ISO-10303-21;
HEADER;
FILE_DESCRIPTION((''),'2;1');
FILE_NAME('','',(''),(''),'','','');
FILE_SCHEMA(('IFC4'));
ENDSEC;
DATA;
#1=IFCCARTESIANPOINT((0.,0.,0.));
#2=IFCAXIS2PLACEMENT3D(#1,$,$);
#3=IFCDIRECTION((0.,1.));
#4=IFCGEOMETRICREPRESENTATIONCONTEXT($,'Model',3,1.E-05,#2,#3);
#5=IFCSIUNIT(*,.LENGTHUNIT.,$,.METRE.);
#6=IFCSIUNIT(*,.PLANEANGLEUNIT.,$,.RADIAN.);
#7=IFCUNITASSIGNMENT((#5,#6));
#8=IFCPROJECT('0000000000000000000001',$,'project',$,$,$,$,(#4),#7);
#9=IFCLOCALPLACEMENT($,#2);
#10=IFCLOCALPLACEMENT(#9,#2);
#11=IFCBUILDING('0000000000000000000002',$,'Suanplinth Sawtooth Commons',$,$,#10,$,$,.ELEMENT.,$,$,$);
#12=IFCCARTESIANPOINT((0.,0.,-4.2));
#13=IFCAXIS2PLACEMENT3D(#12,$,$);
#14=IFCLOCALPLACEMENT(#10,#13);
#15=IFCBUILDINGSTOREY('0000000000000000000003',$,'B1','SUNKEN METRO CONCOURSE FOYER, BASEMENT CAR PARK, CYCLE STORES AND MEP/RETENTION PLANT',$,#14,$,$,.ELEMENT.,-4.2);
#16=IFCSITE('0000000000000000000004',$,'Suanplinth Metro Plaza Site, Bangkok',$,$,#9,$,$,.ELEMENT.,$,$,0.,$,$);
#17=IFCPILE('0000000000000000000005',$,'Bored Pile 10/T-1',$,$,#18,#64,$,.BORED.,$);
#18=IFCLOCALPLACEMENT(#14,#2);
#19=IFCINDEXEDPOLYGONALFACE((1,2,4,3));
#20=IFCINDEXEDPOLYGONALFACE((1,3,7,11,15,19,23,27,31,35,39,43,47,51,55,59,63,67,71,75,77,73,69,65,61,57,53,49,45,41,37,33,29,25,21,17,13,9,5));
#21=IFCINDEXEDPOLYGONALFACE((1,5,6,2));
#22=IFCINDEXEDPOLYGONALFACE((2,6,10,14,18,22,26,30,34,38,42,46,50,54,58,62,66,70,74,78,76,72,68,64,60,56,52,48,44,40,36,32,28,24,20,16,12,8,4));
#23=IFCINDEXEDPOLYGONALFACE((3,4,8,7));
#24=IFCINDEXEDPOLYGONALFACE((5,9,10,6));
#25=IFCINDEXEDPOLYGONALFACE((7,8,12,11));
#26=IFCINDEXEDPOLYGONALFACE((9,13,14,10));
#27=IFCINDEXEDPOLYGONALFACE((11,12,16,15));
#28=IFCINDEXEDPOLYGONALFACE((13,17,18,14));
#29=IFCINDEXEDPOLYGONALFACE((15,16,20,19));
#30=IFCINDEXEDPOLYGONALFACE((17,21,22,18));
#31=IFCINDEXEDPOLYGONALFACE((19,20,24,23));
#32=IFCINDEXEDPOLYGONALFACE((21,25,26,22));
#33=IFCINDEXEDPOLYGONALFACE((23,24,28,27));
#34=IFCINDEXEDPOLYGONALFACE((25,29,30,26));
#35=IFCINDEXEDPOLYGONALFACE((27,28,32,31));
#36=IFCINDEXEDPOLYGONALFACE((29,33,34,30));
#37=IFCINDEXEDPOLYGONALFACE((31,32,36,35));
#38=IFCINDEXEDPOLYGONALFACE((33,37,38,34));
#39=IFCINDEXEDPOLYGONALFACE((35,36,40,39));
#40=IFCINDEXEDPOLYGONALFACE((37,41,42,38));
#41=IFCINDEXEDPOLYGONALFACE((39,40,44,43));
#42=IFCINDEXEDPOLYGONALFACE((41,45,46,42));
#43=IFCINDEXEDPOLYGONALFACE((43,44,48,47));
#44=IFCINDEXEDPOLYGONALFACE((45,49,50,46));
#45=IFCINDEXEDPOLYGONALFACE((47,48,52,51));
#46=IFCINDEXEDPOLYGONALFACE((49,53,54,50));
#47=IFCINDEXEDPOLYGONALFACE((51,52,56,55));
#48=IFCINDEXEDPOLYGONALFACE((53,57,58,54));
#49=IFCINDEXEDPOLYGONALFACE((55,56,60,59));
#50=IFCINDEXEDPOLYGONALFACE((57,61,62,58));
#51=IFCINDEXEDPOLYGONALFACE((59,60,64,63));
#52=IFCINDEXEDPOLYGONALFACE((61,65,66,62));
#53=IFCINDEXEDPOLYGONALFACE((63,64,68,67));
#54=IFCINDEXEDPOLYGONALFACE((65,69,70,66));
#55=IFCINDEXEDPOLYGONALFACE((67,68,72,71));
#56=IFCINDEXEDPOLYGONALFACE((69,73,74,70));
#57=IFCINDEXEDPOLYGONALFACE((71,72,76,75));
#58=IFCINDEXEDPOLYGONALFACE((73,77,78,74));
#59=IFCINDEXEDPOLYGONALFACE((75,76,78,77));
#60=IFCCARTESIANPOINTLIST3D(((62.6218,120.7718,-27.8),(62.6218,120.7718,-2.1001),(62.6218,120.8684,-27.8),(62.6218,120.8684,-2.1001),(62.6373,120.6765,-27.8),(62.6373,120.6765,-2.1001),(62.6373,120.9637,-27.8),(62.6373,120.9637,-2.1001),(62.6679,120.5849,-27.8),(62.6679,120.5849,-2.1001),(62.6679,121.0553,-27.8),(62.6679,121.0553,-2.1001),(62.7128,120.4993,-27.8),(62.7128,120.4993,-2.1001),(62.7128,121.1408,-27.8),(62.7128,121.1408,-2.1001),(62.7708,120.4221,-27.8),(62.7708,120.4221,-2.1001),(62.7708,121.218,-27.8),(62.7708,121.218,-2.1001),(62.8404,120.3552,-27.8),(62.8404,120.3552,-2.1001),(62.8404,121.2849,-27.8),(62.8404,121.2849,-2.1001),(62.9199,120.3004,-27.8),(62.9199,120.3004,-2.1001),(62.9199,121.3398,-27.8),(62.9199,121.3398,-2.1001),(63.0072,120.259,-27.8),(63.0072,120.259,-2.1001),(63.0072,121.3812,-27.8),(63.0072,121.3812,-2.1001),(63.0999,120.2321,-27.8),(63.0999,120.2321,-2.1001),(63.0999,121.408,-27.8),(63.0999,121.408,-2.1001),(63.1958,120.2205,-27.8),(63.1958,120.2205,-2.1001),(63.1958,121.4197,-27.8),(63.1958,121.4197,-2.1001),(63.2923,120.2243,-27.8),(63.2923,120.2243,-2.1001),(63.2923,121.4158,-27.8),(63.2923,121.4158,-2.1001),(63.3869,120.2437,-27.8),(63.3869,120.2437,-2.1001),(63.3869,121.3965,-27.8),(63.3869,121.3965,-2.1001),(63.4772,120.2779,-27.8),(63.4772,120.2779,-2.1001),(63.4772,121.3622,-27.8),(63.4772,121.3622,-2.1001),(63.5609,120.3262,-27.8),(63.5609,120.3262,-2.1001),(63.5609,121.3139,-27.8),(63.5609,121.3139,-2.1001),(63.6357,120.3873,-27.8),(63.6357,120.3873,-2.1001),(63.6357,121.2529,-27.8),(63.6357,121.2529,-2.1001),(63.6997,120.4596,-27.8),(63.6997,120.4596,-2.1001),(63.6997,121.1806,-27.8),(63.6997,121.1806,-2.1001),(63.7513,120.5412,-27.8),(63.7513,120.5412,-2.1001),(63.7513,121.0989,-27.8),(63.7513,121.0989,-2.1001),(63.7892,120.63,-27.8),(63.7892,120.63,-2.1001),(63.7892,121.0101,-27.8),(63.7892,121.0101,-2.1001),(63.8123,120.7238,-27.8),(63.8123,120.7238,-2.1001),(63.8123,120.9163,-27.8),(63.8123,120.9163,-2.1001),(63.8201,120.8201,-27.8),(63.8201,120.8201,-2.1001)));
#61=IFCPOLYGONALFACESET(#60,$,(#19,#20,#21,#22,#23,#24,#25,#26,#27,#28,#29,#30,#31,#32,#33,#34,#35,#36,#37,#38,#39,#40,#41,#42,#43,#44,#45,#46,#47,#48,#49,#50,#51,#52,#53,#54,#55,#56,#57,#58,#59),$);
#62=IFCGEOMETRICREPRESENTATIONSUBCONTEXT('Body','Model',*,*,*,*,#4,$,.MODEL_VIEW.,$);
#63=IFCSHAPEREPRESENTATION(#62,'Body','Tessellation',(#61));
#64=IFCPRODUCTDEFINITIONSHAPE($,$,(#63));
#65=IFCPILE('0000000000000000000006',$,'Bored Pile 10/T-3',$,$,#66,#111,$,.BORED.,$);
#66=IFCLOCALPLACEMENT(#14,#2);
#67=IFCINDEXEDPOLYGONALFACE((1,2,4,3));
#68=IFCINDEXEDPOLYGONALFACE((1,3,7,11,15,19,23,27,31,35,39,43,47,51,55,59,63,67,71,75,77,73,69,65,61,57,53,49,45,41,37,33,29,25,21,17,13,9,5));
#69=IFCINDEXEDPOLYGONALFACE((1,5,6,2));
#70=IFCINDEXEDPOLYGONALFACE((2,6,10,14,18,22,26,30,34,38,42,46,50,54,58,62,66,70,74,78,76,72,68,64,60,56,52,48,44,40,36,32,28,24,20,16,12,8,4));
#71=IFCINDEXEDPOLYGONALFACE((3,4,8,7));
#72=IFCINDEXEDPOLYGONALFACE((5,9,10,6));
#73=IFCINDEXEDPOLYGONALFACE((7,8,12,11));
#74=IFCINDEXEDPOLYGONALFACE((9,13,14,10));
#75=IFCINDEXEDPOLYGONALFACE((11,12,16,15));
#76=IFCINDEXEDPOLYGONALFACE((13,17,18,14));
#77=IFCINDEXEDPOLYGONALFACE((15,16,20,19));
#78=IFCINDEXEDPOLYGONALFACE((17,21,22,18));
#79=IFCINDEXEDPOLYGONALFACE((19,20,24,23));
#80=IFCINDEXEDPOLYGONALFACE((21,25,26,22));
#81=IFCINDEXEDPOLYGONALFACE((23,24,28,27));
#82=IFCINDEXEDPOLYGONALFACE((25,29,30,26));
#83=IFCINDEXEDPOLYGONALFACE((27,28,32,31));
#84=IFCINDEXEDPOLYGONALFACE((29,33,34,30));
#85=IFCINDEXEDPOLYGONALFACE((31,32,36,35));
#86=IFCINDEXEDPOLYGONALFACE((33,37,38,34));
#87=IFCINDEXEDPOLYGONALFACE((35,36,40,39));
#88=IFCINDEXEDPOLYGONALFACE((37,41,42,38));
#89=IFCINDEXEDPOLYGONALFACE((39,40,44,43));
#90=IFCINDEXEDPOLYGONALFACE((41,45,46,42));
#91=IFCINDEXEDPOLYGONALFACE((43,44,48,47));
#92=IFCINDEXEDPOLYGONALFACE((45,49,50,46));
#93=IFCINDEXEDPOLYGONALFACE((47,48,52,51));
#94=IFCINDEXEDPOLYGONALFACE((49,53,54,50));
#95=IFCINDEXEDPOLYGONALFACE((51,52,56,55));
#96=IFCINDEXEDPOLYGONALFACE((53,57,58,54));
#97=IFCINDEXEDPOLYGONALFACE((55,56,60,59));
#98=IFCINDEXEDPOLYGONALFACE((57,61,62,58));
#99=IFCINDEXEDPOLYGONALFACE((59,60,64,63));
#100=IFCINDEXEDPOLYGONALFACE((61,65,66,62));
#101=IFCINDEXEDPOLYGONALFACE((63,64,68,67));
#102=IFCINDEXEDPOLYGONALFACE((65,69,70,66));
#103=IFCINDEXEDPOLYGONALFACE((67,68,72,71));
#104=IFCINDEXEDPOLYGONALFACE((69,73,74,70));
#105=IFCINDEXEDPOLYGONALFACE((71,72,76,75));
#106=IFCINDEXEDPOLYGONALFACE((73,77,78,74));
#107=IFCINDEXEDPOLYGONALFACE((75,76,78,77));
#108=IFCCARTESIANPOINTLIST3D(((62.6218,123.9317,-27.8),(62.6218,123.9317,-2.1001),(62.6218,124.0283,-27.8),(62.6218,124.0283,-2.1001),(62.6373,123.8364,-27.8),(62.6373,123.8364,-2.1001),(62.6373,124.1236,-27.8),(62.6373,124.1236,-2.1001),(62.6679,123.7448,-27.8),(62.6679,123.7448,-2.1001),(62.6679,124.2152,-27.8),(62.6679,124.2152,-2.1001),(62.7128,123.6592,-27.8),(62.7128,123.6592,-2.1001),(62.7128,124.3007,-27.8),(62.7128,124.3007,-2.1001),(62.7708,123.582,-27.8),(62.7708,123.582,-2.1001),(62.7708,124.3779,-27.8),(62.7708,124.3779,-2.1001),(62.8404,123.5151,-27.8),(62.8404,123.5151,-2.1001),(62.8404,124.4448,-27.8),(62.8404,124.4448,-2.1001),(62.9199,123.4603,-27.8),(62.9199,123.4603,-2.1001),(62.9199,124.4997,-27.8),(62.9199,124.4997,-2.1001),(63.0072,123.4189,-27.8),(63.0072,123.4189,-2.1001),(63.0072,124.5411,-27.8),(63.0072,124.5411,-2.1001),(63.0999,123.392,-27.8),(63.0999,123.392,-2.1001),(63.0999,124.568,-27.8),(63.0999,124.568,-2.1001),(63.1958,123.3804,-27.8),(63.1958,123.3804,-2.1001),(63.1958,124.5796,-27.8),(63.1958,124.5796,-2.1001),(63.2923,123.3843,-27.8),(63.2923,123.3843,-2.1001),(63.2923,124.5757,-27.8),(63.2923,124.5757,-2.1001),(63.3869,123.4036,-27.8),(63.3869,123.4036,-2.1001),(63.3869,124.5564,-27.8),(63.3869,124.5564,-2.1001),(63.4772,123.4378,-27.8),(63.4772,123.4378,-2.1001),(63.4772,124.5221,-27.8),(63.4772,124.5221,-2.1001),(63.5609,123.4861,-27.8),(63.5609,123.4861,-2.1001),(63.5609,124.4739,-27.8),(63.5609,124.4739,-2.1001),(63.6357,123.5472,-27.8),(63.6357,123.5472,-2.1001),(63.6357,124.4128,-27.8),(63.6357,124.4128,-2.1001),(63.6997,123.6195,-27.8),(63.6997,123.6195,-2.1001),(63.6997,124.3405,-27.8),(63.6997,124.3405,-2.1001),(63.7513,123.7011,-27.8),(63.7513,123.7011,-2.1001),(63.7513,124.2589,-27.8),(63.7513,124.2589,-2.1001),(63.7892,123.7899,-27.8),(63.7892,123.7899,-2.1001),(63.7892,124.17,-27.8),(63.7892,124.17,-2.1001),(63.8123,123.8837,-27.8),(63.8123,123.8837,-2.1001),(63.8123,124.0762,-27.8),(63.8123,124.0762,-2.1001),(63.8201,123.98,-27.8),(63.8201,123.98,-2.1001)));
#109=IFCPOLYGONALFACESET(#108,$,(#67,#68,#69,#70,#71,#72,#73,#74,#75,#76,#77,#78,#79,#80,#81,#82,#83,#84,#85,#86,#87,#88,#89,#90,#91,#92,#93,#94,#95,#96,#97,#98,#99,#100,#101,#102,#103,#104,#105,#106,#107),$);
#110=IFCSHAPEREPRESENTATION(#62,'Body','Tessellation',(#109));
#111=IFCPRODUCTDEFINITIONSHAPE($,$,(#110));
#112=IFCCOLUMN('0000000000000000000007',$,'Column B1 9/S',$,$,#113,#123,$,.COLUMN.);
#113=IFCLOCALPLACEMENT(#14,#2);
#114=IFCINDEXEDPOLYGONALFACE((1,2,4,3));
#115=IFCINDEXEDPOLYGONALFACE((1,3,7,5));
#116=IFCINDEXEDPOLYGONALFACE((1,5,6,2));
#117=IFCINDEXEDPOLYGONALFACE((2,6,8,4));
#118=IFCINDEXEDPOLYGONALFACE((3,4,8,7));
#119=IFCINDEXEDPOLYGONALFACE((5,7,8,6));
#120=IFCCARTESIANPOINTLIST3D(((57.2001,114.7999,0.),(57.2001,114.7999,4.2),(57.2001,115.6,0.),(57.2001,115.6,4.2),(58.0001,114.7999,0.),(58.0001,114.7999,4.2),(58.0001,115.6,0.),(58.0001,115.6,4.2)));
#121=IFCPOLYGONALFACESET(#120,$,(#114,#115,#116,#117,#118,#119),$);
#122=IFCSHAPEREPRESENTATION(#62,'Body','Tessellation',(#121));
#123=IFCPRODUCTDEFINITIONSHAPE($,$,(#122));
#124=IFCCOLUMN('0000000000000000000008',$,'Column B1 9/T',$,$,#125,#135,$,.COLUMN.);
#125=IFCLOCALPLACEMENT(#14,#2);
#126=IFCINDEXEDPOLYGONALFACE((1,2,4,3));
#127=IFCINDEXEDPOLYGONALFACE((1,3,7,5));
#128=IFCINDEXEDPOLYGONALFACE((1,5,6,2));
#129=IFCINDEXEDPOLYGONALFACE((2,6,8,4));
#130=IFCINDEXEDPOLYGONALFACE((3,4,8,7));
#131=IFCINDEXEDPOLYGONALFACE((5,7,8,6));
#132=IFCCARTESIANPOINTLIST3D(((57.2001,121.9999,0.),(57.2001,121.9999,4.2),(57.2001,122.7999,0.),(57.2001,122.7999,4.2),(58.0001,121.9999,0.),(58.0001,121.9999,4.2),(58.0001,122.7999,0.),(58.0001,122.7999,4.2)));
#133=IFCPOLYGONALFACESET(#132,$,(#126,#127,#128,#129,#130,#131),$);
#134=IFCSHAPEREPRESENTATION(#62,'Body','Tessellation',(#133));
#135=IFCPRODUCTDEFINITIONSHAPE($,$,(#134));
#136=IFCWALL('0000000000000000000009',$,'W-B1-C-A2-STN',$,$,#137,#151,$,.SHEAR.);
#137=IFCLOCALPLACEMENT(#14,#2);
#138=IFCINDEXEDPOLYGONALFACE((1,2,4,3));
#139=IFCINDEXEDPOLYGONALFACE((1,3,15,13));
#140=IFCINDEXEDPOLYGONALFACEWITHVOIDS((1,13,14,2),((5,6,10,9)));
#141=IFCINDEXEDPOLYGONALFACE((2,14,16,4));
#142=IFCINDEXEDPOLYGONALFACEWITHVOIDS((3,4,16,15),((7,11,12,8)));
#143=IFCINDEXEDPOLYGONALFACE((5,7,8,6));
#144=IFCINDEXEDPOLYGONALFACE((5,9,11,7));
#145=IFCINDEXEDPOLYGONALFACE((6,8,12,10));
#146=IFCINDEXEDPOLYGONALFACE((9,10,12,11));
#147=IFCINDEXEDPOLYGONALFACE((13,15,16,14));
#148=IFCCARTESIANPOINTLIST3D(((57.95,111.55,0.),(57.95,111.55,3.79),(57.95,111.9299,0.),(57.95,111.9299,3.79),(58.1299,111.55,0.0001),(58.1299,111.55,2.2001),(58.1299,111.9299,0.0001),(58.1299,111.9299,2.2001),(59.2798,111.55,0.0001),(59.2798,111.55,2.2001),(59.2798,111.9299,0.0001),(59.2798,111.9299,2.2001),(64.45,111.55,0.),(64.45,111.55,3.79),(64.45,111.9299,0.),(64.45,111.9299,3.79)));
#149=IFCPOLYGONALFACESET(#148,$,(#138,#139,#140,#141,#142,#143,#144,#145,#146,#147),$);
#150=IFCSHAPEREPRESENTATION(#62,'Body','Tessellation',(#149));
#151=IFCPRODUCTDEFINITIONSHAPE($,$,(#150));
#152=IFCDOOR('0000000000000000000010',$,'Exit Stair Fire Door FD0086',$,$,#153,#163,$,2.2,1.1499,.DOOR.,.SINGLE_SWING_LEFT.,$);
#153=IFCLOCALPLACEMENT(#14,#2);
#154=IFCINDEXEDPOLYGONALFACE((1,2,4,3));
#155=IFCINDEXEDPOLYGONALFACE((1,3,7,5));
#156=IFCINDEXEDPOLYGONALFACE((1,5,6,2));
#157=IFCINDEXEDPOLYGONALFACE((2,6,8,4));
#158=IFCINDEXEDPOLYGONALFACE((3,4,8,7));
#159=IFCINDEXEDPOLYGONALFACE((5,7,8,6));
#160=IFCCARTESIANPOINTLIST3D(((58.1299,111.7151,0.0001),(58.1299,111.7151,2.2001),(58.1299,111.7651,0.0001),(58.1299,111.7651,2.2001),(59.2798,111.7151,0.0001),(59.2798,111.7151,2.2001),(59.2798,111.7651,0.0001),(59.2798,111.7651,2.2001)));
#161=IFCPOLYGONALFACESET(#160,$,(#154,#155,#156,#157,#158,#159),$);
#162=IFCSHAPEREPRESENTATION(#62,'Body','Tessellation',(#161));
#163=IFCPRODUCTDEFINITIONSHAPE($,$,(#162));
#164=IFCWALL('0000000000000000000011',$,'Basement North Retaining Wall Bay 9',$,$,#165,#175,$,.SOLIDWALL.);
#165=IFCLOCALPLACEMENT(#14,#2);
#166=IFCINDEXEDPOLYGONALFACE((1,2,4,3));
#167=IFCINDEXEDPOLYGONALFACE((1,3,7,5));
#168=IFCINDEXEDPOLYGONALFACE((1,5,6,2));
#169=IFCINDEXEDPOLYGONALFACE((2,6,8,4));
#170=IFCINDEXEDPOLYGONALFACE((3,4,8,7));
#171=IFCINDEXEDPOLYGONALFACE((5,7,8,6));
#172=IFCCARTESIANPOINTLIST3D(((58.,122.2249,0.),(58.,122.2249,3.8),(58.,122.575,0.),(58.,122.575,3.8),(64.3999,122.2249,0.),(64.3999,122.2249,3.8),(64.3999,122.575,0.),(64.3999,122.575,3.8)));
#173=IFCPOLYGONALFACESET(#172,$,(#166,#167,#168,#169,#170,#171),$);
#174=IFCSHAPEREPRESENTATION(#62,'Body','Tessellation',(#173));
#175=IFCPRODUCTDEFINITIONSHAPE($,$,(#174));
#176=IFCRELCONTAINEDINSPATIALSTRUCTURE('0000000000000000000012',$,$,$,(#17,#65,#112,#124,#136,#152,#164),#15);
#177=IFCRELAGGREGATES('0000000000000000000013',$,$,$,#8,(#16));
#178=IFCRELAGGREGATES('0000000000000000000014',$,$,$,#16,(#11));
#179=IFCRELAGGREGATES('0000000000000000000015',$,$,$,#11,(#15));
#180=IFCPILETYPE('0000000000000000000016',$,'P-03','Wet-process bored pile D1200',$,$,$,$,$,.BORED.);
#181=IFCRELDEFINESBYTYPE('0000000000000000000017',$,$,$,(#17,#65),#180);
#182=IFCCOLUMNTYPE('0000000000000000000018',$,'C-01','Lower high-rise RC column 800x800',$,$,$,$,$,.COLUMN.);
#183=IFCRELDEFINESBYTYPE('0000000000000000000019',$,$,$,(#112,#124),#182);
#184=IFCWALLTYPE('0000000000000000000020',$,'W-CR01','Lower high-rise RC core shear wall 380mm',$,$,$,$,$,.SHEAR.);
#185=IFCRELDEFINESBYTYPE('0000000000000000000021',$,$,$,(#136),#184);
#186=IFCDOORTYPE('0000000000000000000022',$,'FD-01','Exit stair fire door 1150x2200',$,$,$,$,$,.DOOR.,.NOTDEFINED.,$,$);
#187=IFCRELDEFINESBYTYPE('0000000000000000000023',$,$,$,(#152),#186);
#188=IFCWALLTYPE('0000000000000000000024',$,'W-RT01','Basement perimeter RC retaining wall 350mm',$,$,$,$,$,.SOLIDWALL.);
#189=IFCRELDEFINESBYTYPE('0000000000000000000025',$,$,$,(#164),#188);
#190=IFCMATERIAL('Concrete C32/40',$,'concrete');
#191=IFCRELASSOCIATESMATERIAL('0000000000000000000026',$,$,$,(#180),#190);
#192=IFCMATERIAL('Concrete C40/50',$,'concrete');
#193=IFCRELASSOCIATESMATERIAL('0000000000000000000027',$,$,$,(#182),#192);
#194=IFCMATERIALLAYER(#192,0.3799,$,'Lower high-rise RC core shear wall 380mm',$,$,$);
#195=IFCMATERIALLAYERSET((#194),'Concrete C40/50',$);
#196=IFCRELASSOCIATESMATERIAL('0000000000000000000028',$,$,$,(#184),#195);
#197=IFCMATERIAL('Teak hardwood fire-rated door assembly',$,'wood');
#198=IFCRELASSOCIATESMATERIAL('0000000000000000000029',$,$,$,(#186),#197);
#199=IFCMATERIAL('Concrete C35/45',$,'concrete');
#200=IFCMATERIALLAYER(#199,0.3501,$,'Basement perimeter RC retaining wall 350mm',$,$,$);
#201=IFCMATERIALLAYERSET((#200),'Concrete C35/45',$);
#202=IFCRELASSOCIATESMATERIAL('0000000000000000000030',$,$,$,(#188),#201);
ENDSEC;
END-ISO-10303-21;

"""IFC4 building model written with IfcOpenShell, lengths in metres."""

from ifc_helpers import new_model, si_unit, direction, frame, frame_2d, origin, origin_2d, place, context, subcontext, project, spatial, rectangle, circle, extrude, material, layer, layer_set, material_profile, profile_set, type_object, element, fill, save


model = new_model("IFC4")

# Units and contexts
model_context = context("Model", 3, precision=1e-05, world=origin(), true_north=direction((0.0, 1.0)))
body_context = subcontext(model_context, "Body", "Model", "MODEL_VIEW")
ifc_project = project(units=[si_unit("LENGTHUNIT", "METRE"), si_unit("PLANEANGLEUNIT", "RADIAN")], contexts=[model_context])

# Site, building, storey
site_placement = place(None, origin())
site = spatial("IfcSite", under=ifc_project, at=site_placement, Name="Suanplinth Metro Plaza Site, Bangkok", CompositionType="ELEMENT", RefElevation=0.0)
building_placement = place(site_placement, origin())
building = spatial("IfcBuilding", under=site, at=building_placement, Name="Suanplinth Sawtooth Commons", CompositionType="ELEMENT")
storey_placement = place(building_placement, frame((0.0, 0.0, -4.2)))
storey = spatial("IfcBuildingStorey", under=building, at=storey_placement, Name="B1", Description="SUNKEN METRO CONCOURSE FOYER, BASEMENT CAR PARK, CYCLE STORES AND MEP/RETENTION PLANT", CompositionType="ELEMENT", Elevation=-4.2)

# Shared definitions
ifc_material_1 = material(Name="Concrete C35/45", Category="concrete")

# Piles
ifc_material_2 = material(Name="Concrete C32/40", Category="concrete")
ifc_material_profile_1 = material_profile(ifc_material_2, circle(Radius=0.6001, at=origin_2d()), Name="PILE D1200")
ifc_profile_set_1 = profile_set([ifc_material_profile_1], Name="Concrete C32/40")
pile_type = type_object("IfcPileType", Name="P-03", Description="Wet-process bored pile D1200", PredefinedType="BORED", material=ifc_profile_set_1)
for number, where, z_axis, x_axis, name in (
    (1, (63.22, 120.8201, -2.1001), (0.0, 0.0, -1.0), (1.0, 0.0, 0.0), "Bored Pile 10/T-1"),
    (2, (63.22, 123.98, -2.1001), (0.0, 0.0, -1.0), (1.0, 0.0, 0.0), "Bored Pile 10/T-3"),
):
    element("IfcPile", number, at=place(storey_placement, frame(where, z_axis=z_axis, x_axis=x_axis)), inside=storey, type_object=pile_type, Name=name, PredefinedType="BORED", context=body_context, shape_type="SweptSolid", body=[
        extrude(circle(Radius=0.6001, at=origin_2d()), origin(), (0.0, 0.0, 1.0), 25.7),
    ])

# Columns
ifc_material_3 = material(Name="Concrete C40/50", Category="concrete")
ifc_material_profile_2 = material_profile(ifc_material_3, rectangle(XDim=0.8, YDim=0.8, at=origin_2d()), Name="RC-COL 800x800")
ifc_profile_set_2 = profile_set([ifc_material_profile_2], Name="Concrete C40/50")
column_type = type_object("IfcColumnType", Name="C-01", Description="Lower high-rise RC column 800x800", PredefinedType="COLUMN", material=ifc_profile_set_2)
for number, where, z_axis, x_axis, name in (
    (3, (57.6001, 115.2, 0.0), (0.0, 0.0, 1.0), (1.0, 0.0, 0.0), "Column B1 9/S"),
    (4, (57.6001, 122.3999, 0.0), (0.0, 0.0, 1.0), (1.0, 0.0, 0.0), "Column B1 9/T"),
):
    element("IfcColumn", number, at=place(storey_placement, frame(where, z_axis=z_axis, x_axis=x_axis)), inside=storey, type_object=column_type, Name=name, PredefinedType="COLUMN", context=body_context, shape_type="SweptSolid", body=[
        extrude(rectangle(XDim=0.8, YDim=0.8, at=origin_2d()), origin(), (0.0, 0.0, 1.0), 4.2),
    ])

# Wall, opening, door
ifc_layer_1 = layer(ifc_material_3, 0.3799, Name="Lower high-rise RC core shear wall 380mm")
ifc_layer_set_1 = layer_set([ifc_layer_1], Name="Concrete C40/50")
wall_type_1 = type_object("IfcWallType", Name="W-CR01", Description="Lower high-rise RC core shear wall 380mm", PredefinedType="SHEAR", material=ifc_layer_set_1)
wall_1_placement = place(storey_placement, frame((57.95, 111.74, 0.0), z_axis=(0.0, 0.0, 1.0), x_axis=(1.0, 0.0, 0.0)))
wall_1 = element("IfcWall", 5, at=wall_1_placement, inside=storey, type_object=wall_type_1, Name="W-B1-C-A2-STN", PredefinedType="SHEAR", context=body_context, shape_type="SweptSolid", body=[
    extrude(rectangle(XDim=6.5, YDim=0.3799, at=frame_2d((3.25, 0.0))), origin(), (0.0, 0.0, 1.0), 3.79),
])
opening_placement = place(wall_1_placement, frame((0.1799, 0.0, 0.0)))
opening = element("IfcOpeningElement", 6, at=opening_placement, cuts=wall_1, PredefinedType="OPENING", context=body_context, shape_type="SweptSolid", body=[
    extrude(rectangle(XDim=1.1499, YDim=2.2, at=frame_2d((0.575, 1.1001))), frame((0.0, 0.2048, 0.0), z_axis=(0.0, -1.0, 0.0), x_axis=(1.0, 0.0, 0.0)), (0.0, 0.0, 1.0), 0.4097),
])
ifc_material_4 = material(Name="Teak hardwood fire-rated door assembly", Category="wood")
door_type = type_object("IfcDoorType", Name="FD-01", Description="Exit stair fire door 1150x2200", OperationType="NOTDEFINED", PredefinedType="DOOR", material=ifc_material_4)
door_placement = place(opening_placement, frame((1.1499, 0.0, 0.0), z_axis=(0.0, 0.0, 1.0), x_axis=(-1.0, 0.0, 0.0)))
door = element("IfcDoor", 7, at=door_placement, inside=storey, type_object=door_type, Name="Exit Stair Fire Door FD0086", OperationType="SINGLE_SWING_LEFT", OverallHeight=2.2, OverallWidth=1.1499, PredefinedType="DOOR", context=body_context, shape_type="SweptSolid", body=[
    extrude(rectangle(XDim=1.1499, YDim=2.2, at=frame_2d((0.575, 1.1001))), frame((0.0, 0.0249, 0.0), z_axis=(0.0, -1.0, 0.0), x_axis=(1.0, 0.0, 0.0)), (0.0, 0.0, 1.0), 0.05),
])
fill(opening, door)

# Wall
ifc_layer_2 = layer(ifc_material_1, 0.3501, Name="Basement perimeter RC retaining wall 350mm")
ifc_layer_set_2 = layer_set([ifc_layer_2], Name="Concrete C35/45")
wall_type_2 = type_object("IfcWallType", Name="W-RT01", Description="Basement perimeter RC retaining wall 350mm", PredefinedType="SOLIDWALL", material=ifc_layer_set_2)
wall_2_placement = place(storey_placement, frame((58.0, 122.3999, 0.0), z_axis=(0.0, 0.0, 1.0), x_axis=(1.0, 0.0, 0.0)))
element("IfcWall", 8, at=wall_2_placement, inside=storey, type_object=wall_type_2, Name="Basement North Retaining Wall Bay 9", PredefinedType="SOLIDWALL", context=body_context, shape_type="SweptSolid", body=[
    extrude(rectangle(XDim=6.3999, YDim=0.3501, at=frame_2d((3.2, 0.0))), origin(), (0.0, 0.0, 1.0), 3.8),
])

save(model, "model.ifc")
